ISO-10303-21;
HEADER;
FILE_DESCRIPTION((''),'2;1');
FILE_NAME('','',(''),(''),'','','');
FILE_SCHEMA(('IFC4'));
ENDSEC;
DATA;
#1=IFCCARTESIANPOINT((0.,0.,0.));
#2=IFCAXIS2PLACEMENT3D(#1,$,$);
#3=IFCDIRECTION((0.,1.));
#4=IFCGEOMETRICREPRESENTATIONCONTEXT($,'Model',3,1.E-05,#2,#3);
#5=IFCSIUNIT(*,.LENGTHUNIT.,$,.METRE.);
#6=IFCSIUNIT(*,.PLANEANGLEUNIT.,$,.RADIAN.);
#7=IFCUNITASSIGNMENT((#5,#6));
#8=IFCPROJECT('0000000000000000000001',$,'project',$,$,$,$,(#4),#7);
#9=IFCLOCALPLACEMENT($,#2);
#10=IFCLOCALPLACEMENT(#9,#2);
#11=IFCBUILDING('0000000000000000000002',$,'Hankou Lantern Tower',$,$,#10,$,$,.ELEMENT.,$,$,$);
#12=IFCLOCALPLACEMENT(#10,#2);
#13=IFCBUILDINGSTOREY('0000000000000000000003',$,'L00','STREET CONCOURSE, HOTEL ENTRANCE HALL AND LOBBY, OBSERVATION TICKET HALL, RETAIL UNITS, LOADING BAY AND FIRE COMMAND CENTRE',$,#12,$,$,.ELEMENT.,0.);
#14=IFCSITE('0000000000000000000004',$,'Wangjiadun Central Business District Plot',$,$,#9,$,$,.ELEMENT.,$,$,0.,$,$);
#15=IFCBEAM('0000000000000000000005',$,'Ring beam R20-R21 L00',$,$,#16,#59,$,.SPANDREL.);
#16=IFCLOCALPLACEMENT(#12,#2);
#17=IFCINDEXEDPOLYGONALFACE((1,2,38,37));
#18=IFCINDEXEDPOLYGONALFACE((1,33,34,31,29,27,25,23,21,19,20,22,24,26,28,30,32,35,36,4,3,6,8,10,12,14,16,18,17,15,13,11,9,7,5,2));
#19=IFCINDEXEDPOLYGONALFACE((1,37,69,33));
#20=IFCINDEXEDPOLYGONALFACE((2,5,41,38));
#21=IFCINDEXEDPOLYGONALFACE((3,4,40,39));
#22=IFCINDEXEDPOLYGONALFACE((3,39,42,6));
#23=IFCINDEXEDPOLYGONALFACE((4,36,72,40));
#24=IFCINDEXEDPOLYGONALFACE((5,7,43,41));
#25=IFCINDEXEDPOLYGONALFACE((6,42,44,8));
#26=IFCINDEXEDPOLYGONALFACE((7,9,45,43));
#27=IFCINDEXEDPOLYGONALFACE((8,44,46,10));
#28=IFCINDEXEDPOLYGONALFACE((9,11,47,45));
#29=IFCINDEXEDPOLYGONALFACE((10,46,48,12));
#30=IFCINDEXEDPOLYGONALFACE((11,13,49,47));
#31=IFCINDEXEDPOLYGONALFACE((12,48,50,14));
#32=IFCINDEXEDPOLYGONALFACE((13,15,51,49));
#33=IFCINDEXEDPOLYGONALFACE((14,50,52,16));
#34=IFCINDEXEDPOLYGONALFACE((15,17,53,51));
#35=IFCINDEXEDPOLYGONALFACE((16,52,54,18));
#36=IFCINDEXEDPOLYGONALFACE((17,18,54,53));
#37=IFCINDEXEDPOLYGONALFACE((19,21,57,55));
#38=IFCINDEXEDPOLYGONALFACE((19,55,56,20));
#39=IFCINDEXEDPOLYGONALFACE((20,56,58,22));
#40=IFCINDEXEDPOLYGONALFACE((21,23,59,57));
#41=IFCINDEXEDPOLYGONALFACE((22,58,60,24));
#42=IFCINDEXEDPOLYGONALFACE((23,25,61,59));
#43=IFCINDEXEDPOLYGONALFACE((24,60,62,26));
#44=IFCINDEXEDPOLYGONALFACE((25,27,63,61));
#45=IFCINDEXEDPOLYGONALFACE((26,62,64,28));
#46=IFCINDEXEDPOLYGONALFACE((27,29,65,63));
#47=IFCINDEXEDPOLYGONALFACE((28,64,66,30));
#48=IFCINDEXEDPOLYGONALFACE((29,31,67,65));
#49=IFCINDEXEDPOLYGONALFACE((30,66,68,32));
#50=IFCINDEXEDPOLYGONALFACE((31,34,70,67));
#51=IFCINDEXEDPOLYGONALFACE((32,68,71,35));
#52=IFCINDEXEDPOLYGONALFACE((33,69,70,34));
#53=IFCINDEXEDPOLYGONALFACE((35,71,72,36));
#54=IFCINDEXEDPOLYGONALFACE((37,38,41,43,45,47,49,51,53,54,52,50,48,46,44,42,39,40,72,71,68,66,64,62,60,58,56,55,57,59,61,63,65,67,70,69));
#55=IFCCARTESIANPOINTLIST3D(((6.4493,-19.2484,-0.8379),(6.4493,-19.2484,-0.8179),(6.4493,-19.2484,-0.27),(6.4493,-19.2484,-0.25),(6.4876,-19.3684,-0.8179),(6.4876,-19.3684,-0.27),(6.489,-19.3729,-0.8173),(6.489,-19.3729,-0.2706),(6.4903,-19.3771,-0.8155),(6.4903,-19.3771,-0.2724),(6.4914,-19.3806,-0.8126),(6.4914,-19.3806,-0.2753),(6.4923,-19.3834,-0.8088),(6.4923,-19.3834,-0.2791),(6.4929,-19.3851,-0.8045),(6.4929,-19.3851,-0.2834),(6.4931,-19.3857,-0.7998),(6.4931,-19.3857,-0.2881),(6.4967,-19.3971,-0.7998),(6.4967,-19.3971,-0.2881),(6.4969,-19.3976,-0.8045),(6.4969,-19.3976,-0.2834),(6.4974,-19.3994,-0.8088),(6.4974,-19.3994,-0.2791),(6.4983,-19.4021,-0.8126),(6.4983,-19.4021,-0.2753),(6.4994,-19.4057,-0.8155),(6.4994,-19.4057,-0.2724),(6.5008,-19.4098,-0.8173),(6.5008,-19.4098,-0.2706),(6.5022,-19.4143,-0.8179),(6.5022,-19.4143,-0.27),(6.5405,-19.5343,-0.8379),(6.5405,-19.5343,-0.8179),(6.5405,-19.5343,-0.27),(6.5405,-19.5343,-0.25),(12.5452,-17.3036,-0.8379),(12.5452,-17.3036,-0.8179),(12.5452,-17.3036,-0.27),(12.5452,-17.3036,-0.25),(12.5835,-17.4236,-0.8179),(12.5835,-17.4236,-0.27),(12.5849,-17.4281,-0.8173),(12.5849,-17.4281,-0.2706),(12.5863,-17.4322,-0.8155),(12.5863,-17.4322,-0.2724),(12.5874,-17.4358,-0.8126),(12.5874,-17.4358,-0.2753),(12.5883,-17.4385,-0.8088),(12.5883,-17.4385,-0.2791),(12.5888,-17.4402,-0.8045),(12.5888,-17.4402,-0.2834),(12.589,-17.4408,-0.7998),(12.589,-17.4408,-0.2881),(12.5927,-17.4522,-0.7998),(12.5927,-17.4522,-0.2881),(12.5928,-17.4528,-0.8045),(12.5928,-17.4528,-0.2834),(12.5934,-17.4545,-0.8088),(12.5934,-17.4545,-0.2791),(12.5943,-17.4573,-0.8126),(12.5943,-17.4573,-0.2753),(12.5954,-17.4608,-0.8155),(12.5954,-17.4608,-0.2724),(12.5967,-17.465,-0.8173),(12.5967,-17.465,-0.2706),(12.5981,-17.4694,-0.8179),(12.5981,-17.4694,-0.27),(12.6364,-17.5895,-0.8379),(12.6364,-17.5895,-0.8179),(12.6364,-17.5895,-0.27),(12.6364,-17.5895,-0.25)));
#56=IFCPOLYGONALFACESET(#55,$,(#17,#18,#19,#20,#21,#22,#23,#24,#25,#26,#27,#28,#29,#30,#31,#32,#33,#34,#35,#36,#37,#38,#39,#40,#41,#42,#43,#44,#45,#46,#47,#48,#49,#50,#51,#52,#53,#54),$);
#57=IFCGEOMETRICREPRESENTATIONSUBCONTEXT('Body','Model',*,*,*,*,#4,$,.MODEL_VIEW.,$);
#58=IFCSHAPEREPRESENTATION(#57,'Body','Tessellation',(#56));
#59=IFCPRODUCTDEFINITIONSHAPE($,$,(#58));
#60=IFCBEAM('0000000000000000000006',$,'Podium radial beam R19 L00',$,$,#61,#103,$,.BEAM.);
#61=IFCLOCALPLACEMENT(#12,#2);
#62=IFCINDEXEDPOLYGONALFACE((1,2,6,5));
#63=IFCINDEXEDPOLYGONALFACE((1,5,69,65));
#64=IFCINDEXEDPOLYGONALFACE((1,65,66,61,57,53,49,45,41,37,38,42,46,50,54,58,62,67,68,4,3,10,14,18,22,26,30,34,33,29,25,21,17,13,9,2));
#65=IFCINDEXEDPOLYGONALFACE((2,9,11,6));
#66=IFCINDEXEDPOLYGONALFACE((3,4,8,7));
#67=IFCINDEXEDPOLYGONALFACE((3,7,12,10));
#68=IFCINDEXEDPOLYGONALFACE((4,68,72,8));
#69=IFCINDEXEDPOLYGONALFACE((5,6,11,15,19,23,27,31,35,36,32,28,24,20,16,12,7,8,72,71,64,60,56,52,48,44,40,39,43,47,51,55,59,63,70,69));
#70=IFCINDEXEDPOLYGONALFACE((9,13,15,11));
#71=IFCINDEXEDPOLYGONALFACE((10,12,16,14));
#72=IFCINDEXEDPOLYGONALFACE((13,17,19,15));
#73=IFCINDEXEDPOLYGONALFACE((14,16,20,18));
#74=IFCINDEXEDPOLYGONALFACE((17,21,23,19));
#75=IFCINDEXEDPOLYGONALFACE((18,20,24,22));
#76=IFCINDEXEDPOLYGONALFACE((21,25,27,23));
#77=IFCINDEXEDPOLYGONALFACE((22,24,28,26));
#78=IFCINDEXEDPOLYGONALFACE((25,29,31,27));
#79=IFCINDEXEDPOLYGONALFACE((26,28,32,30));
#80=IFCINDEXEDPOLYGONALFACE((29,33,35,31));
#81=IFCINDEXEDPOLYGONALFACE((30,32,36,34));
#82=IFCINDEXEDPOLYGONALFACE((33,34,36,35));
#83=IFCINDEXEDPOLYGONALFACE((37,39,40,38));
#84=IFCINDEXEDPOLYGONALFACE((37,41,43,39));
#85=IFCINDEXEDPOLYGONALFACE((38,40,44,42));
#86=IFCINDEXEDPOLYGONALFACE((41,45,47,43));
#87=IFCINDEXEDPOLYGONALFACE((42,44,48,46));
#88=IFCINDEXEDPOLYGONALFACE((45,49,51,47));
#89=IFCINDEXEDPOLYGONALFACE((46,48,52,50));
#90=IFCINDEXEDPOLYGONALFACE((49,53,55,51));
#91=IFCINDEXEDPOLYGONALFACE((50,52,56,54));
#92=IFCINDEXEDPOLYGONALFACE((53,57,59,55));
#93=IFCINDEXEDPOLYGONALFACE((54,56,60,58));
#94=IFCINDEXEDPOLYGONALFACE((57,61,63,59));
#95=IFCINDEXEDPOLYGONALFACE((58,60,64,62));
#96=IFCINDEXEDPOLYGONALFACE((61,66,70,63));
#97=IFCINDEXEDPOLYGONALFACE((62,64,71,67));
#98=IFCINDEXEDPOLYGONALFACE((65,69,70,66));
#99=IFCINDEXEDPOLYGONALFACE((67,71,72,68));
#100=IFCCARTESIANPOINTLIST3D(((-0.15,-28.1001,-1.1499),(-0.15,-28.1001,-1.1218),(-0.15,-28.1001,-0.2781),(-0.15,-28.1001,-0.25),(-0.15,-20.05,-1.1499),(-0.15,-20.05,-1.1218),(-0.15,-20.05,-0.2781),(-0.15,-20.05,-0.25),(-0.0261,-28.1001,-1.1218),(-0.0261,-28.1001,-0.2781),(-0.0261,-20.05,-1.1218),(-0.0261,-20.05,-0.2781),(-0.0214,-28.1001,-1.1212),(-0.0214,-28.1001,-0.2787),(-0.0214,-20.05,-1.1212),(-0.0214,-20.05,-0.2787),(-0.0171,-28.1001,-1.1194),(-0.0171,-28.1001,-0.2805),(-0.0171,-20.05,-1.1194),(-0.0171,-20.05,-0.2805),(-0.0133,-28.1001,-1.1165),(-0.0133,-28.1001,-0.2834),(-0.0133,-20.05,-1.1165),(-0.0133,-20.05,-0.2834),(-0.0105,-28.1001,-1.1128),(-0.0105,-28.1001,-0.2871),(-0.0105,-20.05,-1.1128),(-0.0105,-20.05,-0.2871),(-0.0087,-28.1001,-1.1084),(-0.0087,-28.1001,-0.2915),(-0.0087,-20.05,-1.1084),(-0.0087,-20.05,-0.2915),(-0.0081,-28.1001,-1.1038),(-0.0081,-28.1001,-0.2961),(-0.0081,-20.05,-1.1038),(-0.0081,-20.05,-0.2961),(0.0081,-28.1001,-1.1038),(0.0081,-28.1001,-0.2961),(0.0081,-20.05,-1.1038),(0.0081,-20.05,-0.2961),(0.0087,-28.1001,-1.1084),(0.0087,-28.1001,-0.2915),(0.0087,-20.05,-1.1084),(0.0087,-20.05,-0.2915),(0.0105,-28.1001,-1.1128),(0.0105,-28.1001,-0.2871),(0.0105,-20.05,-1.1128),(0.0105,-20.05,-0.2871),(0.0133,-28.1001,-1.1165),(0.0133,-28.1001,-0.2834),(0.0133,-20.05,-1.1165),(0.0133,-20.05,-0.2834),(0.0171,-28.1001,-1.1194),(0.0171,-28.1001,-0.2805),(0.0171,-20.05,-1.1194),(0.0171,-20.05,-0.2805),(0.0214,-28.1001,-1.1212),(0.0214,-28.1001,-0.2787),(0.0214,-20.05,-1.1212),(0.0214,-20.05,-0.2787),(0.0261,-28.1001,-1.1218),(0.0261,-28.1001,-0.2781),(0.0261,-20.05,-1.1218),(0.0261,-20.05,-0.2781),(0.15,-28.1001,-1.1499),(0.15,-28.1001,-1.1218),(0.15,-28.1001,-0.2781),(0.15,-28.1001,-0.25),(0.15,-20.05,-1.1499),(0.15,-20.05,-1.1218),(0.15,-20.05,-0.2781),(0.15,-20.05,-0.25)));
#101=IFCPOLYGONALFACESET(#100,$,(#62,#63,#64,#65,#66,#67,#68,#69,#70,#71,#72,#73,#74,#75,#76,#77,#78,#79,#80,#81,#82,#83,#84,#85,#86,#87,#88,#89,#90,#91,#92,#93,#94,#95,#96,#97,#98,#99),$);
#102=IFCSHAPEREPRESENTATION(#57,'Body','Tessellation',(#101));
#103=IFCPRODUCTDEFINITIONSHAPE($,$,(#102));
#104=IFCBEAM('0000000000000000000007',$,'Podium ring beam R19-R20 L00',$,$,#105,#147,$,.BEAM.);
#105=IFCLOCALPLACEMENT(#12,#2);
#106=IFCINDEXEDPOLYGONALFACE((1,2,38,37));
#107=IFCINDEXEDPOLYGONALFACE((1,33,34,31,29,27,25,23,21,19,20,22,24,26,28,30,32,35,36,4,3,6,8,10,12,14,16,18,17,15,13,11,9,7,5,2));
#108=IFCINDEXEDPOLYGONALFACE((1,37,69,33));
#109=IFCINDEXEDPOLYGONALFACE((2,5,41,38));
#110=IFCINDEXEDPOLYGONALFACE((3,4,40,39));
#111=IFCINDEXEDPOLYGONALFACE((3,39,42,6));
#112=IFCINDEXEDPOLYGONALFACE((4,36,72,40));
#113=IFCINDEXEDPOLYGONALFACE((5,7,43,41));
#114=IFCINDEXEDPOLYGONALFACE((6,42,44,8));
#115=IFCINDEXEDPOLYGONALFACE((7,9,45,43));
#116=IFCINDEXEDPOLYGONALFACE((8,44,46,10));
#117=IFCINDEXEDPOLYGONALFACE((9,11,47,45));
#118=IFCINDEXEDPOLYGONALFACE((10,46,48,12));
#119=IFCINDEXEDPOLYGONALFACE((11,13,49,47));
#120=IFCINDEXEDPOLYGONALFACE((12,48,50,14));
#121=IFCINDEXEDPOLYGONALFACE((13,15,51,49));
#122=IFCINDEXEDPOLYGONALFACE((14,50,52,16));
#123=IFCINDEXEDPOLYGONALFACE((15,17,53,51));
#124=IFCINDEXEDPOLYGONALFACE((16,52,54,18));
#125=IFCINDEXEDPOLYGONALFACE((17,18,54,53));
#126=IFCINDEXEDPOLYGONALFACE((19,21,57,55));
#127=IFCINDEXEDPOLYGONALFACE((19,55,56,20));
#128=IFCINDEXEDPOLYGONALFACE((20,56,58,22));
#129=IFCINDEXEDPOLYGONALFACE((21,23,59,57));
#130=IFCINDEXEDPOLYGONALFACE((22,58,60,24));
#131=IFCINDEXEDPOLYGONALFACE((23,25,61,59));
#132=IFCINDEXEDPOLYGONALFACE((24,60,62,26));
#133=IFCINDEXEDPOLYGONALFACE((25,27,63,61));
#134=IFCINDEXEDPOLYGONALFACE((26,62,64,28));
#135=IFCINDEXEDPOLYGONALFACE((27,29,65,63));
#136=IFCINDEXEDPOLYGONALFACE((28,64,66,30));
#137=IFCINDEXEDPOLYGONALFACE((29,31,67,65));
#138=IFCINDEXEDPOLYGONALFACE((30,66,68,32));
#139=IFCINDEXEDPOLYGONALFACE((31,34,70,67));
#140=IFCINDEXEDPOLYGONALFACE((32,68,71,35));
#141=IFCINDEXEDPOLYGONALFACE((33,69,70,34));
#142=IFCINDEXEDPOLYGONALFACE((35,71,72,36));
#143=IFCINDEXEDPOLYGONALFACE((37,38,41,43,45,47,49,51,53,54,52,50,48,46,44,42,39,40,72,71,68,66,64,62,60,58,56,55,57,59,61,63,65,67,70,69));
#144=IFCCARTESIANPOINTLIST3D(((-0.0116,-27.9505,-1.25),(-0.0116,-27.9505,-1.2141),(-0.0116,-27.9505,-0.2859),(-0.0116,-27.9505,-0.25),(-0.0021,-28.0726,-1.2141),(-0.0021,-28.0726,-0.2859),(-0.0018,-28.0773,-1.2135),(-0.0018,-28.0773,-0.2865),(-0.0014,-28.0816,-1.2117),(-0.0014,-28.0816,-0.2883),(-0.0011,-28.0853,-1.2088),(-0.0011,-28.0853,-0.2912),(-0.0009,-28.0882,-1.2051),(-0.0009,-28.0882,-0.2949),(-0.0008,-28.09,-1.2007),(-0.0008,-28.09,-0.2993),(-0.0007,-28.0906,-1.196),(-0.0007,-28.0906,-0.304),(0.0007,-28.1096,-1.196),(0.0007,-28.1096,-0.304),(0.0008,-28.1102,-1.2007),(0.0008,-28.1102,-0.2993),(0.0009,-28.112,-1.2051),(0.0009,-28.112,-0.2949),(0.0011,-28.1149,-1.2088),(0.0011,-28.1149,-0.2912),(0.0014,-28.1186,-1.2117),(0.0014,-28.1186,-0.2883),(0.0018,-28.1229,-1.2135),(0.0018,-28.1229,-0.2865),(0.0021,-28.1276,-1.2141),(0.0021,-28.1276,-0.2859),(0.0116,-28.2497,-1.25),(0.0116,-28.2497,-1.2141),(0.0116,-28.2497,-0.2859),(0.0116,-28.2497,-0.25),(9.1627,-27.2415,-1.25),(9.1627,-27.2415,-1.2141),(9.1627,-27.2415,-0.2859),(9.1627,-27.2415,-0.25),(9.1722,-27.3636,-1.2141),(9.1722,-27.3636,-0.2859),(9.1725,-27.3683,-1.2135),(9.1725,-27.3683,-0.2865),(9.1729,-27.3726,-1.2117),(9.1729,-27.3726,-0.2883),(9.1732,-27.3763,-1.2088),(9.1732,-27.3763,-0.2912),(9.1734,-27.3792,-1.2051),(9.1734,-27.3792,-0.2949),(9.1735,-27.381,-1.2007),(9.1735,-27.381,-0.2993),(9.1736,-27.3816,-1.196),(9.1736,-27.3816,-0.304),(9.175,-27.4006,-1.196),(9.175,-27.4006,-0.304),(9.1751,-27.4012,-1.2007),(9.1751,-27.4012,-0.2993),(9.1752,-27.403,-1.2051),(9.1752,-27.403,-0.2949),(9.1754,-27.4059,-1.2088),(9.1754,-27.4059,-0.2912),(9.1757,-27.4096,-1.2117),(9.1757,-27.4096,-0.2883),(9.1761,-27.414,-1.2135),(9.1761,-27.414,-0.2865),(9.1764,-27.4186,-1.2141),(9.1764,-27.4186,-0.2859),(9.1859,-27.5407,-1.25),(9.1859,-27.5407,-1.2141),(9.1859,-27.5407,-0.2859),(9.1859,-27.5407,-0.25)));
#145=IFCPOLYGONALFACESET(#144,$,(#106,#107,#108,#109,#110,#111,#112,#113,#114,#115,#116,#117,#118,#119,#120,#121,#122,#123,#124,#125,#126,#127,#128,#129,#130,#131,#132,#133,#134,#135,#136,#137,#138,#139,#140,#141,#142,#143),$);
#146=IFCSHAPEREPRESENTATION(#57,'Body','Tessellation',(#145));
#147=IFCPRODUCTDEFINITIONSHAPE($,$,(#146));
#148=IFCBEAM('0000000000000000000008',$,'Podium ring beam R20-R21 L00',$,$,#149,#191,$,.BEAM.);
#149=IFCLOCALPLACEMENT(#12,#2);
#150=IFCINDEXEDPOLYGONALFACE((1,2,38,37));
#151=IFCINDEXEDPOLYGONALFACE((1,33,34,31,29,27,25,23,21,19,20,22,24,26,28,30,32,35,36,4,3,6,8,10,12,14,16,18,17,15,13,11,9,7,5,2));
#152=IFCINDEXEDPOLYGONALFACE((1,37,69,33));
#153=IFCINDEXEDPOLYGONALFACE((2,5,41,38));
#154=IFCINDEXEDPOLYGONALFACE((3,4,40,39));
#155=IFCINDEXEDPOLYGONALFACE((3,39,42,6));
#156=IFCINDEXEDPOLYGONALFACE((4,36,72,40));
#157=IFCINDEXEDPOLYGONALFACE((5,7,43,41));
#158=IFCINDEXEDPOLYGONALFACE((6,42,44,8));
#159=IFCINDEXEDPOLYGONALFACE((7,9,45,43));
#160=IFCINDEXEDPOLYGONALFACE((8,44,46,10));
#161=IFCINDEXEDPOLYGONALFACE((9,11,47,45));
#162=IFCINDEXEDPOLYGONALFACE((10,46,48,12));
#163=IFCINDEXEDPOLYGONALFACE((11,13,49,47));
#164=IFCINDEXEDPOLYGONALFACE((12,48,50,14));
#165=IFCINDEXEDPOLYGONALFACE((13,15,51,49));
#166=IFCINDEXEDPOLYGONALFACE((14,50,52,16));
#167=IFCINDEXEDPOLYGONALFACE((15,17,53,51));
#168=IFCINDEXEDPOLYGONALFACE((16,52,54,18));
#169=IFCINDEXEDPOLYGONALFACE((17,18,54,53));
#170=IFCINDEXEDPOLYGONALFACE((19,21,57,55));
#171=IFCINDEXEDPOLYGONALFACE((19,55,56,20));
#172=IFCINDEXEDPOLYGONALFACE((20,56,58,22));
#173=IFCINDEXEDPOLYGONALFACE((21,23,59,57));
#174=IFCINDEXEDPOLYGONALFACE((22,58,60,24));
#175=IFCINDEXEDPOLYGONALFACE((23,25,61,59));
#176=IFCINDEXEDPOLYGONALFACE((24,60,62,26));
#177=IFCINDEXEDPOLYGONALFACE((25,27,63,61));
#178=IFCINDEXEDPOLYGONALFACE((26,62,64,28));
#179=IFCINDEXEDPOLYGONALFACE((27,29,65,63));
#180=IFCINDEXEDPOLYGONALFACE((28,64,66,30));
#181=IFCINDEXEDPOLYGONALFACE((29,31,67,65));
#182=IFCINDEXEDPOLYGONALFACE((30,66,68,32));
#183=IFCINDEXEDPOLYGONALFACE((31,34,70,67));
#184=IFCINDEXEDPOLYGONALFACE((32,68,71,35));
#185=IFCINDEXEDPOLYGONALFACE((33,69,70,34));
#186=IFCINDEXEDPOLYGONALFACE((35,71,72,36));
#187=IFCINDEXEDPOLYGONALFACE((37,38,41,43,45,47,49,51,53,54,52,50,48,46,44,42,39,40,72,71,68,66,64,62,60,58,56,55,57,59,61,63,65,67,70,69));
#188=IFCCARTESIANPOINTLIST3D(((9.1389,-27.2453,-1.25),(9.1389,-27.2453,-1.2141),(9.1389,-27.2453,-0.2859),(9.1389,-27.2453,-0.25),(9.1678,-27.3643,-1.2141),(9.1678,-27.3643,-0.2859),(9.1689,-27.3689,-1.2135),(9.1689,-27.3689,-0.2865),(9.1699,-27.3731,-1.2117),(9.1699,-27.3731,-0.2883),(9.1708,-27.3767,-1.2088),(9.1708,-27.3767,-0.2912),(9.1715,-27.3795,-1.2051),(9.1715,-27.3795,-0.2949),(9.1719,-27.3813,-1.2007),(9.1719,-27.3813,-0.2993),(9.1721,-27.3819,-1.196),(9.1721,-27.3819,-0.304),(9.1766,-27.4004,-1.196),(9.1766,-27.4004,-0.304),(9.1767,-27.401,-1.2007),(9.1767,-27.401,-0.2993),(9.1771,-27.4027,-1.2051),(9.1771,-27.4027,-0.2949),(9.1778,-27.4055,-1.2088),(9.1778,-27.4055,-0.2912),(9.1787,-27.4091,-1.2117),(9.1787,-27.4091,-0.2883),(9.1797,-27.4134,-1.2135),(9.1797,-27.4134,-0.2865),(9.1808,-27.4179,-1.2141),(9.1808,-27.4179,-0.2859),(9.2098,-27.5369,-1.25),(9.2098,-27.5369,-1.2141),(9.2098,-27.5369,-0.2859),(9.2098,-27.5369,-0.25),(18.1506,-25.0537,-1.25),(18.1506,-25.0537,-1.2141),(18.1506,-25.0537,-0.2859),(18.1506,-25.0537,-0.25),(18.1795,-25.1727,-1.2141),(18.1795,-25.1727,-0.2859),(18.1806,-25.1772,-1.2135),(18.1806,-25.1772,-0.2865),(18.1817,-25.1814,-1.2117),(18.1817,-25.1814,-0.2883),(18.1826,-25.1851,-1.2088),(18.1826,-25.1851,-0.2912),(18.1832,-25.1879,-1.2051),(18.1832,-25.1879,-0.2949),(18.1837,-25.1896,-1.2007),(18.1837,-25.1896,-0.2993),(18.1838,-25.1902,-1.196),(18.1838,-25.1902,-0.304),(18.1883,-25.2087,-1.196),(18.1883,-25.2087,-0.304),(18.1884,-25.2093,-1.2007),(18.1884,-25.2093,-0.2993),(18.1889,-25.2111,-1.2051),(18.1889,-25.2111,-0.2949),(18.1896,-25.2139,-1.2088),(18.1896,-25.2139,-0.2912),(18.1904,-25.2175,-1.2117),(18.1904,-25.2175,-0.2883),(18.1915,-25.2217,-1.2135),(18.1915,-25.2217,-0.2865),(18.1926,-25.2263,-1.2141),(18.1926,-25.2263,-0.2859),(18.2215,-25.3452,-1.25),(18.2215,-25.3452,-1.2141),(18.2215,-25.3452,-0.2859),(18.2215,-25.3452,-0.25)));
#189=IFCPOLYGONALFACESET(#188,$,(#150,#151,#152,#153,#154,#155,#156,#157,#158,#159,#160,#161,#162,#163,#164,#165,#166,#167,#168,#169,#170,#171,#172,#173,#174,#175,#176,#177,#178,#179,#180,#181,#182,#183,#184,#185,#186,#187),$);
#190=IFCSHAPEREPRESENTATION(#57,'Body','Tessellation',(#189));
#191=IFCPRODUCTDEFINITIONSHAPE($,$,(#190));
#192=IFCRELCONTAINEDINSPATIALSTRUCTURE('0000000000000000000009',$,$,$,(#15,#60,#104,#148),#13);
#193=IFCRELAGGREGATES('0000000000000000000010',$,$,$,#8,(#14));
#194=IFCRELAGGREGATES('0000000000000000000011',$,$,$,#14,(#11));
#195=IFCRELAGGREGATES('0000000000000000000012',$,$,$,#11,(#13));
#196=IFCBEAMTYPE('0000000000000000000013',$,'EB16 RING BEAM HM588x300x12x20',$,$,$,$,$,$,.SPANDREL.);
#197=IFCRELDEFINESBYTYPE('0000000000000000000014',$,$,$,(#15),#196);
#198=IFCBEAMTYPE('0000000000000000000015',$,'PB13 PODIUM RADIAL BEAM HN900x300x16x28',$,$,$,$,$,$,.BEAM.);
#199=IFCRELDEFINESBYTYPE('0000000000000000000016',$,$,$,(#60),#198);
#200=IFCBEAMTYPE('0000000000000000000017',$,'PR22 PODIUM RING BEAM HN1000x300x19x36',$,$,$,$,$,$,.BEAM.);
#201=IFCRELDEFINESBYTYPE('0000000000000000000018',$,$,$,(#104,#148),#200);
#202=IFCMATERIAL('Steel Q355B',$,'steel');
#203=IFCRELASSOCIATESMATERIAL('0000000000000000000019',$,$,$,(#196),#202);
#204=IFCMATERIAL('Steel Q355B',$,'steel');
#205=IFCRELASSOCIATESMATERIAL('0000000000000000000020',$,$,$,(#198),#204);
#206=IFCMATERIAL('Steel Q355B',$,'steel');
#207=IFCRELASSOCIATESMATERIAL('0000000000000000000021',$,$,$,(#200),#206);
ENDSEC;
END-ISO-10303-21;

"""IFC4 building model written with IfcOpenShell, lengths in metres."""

from ifc_helpers import new_model, si_unit, direction, frame, origin, origin_2d, place, context, subcontext, project, spatial, i_section, extrude, material, material_profile, profile_set, type_object, element, save


model = new_model("IFC4")

# Units and contexts
model_context = context("Model", 3, precision=1e-05, world=origin(), true_north=direction((0.0, 1.0)))
body_context = subcontext(model_context, "Body", "Model", "MODEL_VIEW")
ifc_project = project(units=[si_unit("LENGTHUNIT", "METRE"), si_unit("PLANEANGLEUNIT", "RADIAN")], contexts=[model_context])

# Site, building, storey
site_placement = place(None, origin())
site = spatial("IfcSite", under=ifc_project, at=site_placement, Name="Wangjiadun Central Business District Plot", CompositionType="ELEMENT", RefElevation=0.0)
building_placement = place(site_placement, origin())
building = spatial("IfcBuilding", under=site, at=building_placement, Name="Hankou Lantern Tower", CompositionType="ELEMENT")
storey_placement = place(building_placement, origin())
storey = spatial("IfcBuildingStorey", under=building, at=storey_placement, Name="L00", Description="STREET CONCOURSE, HOTEL ENTRANCE HALL AND LOBBY, OBSERVATION TICKET HALL, RETAIL UNITS, LOADING BAY AND FIRE COMMAND CENTRE", CompositionType="ELEMENT", Elevation=0.0)

# Beams
ifc_material_1 = material(Name="Steel Q355B", Category="steel")
ifc_material_profile_1 = material_profile(ifc_material_1, i_section(OverallWidth=0.3, OverallDepth=0.5879, WebThickness=0.012, FlangeThickness=0.02, FilletRadius=0.0181, at=origin_2d()), Name="HM588x300x12x20")
ifc_profile_set_1 = profile_set([ifc_material_profile_1], Name="Steel Q355B")
beam_type_1 = type_object("IfcBeamType", Name="EB16 RING BEAM HM588x300x12x20", PredefinedType="SPANDREL", material=ifc_profile_set_1)
beam_1_placement = place(storey_placement, frame((6.4949, -19.3914, -0.5439), z_axis=(0.95269, 0.303942, 0.0), x_axis=(-0.303942, 0.95269, 0.0)))
element("IfcBeam", 1, at=beam_1_placement, inside=storey, type_object=beam_type_1, Name="Ring beam R20-R21 L00", PredefinedType="SPANDREL", context=body_context, shape_type="SweptSolid", body=[
    extrude(i_section(OverallWidth=0.3, OverallDepth=0.5879, WebThickness=0.012, FlangeThickness=0.02, FilletRadius=0.0181, at=origin_2d()), origin(), (0.0, 0.0, 1.0), 6.3987),
])
ifc_material_2 = material(Name="Steel Q355B", Category="steel")
ifc_material_profile_2 = material_profile(ifc_material_2, i_section(OverallWidth=0.3, OverallDepth=0.8999, WebThickness=0.0161, FlangeThickness=0.0281, FilletRadius=0.0181, at=origin_2d()), Name="HN900x300x16x28")
ifc_profile_set_2 = profile_set([ifc_material_profile_2], Name="Steel Q355B")
beam_type_2 = type_object("IfcBeamType", Name="PB13 PODIUM RADIAL BEAM HN900x300x16x28", PredefinedType="BEAM", material=ifc_profile_set_2)
beam_2_placement = place(storey_placement, frame((0.0, -20.05, -0.7), z_axis=(0.0, -1.0, 0.0), x_axis=(1.0, 0.0, 0.0)))
element("IfcBeam", 2, at=beam_2_placement, inside=storey, type_object=beam_type_2, Name="Podium radial beam R19 L00", PredefinedType="BEAM", context=body_context, shape_type="SweptSolid", body=[
    extrude(i_section(OverallWidth=0.3, OverallDepth=0.8999, WebThickness=0.0161, FlangeThickness=0.0281, FilletRadius=0.0181, at=origin_2d()), origin(), (0.0, 0.0, 1.0), 8.05),
])
ifc_material_3 = material(Name="Steel Q355B", Category="steel")
ifc_material_profile_3 = material_profile(ifc_material_3, i_section(OverallWidth=0.3, OverallDepth=1.0, WebThickness=0.019, FlangeThickness=0.0359, FilletRadius=0.0181, at=origin_2d()), Name="HN1000x300x19x36")
ifc_profile_set_3 = profile_set([ifc_material_profile_3], Name="Steel Q355B")
beam_type_3 = type_object("IfcBeamType", Name="PR22 PODIUM RING BEAM HN1000x300x19x36", PredefinedType="BEAM", material=ifc_profile_set_3)
beam_3_placement = place(storey_placement, frame((0.0, -28.1001, -0.75), z_axis=(0.997027, 0.07705, 0.0), x_axis=(-0.07705, 0.997027, 0.0)))
element("IfcBeam", 3, at=beam_3_placement, inside=storey, type_object=beam_type_3, Name="Podium ring beam R19-R20 L00", PredefinedType="BEAM", context=body_context, shape_type="SweptSolid", body=[
    extrude(i_section(OverallWidth=0.3, OverallDepth=1.0, WebThickness=0.019, FlangeThickness=0.0359, FilletRadius=0.0181, at=origin_2d()), origin(), (0.0, 0.0, 1.0), 9.2017),
])
beam_4_placement = place(storey_placement, frame((9.1743, -27.3911, -0.75), z_axis=(0.971677, 0.236312, 0.0), x_axis=(-0.236312, 0.971677, 0.0)))
element("IfcBeam", 4, at=beam_4_placement, inside=storey, type_object=beam_type_3, Name="Podium ring beam R20-R21 L00", PredefinedType="BEAM", context=body_context, shape_type="SweptSolid", body=[
    extrude(i_section(OverallWidth=0.3, OverallDepth=1.0, WebThickness=0.019, FlangeThickness=0.0359, FilletRadius=0.0181, at=origin_2d()), origin(), (0.0, 0.0, 1.0), 9.2744),
])

save(model, "model.ifc")
